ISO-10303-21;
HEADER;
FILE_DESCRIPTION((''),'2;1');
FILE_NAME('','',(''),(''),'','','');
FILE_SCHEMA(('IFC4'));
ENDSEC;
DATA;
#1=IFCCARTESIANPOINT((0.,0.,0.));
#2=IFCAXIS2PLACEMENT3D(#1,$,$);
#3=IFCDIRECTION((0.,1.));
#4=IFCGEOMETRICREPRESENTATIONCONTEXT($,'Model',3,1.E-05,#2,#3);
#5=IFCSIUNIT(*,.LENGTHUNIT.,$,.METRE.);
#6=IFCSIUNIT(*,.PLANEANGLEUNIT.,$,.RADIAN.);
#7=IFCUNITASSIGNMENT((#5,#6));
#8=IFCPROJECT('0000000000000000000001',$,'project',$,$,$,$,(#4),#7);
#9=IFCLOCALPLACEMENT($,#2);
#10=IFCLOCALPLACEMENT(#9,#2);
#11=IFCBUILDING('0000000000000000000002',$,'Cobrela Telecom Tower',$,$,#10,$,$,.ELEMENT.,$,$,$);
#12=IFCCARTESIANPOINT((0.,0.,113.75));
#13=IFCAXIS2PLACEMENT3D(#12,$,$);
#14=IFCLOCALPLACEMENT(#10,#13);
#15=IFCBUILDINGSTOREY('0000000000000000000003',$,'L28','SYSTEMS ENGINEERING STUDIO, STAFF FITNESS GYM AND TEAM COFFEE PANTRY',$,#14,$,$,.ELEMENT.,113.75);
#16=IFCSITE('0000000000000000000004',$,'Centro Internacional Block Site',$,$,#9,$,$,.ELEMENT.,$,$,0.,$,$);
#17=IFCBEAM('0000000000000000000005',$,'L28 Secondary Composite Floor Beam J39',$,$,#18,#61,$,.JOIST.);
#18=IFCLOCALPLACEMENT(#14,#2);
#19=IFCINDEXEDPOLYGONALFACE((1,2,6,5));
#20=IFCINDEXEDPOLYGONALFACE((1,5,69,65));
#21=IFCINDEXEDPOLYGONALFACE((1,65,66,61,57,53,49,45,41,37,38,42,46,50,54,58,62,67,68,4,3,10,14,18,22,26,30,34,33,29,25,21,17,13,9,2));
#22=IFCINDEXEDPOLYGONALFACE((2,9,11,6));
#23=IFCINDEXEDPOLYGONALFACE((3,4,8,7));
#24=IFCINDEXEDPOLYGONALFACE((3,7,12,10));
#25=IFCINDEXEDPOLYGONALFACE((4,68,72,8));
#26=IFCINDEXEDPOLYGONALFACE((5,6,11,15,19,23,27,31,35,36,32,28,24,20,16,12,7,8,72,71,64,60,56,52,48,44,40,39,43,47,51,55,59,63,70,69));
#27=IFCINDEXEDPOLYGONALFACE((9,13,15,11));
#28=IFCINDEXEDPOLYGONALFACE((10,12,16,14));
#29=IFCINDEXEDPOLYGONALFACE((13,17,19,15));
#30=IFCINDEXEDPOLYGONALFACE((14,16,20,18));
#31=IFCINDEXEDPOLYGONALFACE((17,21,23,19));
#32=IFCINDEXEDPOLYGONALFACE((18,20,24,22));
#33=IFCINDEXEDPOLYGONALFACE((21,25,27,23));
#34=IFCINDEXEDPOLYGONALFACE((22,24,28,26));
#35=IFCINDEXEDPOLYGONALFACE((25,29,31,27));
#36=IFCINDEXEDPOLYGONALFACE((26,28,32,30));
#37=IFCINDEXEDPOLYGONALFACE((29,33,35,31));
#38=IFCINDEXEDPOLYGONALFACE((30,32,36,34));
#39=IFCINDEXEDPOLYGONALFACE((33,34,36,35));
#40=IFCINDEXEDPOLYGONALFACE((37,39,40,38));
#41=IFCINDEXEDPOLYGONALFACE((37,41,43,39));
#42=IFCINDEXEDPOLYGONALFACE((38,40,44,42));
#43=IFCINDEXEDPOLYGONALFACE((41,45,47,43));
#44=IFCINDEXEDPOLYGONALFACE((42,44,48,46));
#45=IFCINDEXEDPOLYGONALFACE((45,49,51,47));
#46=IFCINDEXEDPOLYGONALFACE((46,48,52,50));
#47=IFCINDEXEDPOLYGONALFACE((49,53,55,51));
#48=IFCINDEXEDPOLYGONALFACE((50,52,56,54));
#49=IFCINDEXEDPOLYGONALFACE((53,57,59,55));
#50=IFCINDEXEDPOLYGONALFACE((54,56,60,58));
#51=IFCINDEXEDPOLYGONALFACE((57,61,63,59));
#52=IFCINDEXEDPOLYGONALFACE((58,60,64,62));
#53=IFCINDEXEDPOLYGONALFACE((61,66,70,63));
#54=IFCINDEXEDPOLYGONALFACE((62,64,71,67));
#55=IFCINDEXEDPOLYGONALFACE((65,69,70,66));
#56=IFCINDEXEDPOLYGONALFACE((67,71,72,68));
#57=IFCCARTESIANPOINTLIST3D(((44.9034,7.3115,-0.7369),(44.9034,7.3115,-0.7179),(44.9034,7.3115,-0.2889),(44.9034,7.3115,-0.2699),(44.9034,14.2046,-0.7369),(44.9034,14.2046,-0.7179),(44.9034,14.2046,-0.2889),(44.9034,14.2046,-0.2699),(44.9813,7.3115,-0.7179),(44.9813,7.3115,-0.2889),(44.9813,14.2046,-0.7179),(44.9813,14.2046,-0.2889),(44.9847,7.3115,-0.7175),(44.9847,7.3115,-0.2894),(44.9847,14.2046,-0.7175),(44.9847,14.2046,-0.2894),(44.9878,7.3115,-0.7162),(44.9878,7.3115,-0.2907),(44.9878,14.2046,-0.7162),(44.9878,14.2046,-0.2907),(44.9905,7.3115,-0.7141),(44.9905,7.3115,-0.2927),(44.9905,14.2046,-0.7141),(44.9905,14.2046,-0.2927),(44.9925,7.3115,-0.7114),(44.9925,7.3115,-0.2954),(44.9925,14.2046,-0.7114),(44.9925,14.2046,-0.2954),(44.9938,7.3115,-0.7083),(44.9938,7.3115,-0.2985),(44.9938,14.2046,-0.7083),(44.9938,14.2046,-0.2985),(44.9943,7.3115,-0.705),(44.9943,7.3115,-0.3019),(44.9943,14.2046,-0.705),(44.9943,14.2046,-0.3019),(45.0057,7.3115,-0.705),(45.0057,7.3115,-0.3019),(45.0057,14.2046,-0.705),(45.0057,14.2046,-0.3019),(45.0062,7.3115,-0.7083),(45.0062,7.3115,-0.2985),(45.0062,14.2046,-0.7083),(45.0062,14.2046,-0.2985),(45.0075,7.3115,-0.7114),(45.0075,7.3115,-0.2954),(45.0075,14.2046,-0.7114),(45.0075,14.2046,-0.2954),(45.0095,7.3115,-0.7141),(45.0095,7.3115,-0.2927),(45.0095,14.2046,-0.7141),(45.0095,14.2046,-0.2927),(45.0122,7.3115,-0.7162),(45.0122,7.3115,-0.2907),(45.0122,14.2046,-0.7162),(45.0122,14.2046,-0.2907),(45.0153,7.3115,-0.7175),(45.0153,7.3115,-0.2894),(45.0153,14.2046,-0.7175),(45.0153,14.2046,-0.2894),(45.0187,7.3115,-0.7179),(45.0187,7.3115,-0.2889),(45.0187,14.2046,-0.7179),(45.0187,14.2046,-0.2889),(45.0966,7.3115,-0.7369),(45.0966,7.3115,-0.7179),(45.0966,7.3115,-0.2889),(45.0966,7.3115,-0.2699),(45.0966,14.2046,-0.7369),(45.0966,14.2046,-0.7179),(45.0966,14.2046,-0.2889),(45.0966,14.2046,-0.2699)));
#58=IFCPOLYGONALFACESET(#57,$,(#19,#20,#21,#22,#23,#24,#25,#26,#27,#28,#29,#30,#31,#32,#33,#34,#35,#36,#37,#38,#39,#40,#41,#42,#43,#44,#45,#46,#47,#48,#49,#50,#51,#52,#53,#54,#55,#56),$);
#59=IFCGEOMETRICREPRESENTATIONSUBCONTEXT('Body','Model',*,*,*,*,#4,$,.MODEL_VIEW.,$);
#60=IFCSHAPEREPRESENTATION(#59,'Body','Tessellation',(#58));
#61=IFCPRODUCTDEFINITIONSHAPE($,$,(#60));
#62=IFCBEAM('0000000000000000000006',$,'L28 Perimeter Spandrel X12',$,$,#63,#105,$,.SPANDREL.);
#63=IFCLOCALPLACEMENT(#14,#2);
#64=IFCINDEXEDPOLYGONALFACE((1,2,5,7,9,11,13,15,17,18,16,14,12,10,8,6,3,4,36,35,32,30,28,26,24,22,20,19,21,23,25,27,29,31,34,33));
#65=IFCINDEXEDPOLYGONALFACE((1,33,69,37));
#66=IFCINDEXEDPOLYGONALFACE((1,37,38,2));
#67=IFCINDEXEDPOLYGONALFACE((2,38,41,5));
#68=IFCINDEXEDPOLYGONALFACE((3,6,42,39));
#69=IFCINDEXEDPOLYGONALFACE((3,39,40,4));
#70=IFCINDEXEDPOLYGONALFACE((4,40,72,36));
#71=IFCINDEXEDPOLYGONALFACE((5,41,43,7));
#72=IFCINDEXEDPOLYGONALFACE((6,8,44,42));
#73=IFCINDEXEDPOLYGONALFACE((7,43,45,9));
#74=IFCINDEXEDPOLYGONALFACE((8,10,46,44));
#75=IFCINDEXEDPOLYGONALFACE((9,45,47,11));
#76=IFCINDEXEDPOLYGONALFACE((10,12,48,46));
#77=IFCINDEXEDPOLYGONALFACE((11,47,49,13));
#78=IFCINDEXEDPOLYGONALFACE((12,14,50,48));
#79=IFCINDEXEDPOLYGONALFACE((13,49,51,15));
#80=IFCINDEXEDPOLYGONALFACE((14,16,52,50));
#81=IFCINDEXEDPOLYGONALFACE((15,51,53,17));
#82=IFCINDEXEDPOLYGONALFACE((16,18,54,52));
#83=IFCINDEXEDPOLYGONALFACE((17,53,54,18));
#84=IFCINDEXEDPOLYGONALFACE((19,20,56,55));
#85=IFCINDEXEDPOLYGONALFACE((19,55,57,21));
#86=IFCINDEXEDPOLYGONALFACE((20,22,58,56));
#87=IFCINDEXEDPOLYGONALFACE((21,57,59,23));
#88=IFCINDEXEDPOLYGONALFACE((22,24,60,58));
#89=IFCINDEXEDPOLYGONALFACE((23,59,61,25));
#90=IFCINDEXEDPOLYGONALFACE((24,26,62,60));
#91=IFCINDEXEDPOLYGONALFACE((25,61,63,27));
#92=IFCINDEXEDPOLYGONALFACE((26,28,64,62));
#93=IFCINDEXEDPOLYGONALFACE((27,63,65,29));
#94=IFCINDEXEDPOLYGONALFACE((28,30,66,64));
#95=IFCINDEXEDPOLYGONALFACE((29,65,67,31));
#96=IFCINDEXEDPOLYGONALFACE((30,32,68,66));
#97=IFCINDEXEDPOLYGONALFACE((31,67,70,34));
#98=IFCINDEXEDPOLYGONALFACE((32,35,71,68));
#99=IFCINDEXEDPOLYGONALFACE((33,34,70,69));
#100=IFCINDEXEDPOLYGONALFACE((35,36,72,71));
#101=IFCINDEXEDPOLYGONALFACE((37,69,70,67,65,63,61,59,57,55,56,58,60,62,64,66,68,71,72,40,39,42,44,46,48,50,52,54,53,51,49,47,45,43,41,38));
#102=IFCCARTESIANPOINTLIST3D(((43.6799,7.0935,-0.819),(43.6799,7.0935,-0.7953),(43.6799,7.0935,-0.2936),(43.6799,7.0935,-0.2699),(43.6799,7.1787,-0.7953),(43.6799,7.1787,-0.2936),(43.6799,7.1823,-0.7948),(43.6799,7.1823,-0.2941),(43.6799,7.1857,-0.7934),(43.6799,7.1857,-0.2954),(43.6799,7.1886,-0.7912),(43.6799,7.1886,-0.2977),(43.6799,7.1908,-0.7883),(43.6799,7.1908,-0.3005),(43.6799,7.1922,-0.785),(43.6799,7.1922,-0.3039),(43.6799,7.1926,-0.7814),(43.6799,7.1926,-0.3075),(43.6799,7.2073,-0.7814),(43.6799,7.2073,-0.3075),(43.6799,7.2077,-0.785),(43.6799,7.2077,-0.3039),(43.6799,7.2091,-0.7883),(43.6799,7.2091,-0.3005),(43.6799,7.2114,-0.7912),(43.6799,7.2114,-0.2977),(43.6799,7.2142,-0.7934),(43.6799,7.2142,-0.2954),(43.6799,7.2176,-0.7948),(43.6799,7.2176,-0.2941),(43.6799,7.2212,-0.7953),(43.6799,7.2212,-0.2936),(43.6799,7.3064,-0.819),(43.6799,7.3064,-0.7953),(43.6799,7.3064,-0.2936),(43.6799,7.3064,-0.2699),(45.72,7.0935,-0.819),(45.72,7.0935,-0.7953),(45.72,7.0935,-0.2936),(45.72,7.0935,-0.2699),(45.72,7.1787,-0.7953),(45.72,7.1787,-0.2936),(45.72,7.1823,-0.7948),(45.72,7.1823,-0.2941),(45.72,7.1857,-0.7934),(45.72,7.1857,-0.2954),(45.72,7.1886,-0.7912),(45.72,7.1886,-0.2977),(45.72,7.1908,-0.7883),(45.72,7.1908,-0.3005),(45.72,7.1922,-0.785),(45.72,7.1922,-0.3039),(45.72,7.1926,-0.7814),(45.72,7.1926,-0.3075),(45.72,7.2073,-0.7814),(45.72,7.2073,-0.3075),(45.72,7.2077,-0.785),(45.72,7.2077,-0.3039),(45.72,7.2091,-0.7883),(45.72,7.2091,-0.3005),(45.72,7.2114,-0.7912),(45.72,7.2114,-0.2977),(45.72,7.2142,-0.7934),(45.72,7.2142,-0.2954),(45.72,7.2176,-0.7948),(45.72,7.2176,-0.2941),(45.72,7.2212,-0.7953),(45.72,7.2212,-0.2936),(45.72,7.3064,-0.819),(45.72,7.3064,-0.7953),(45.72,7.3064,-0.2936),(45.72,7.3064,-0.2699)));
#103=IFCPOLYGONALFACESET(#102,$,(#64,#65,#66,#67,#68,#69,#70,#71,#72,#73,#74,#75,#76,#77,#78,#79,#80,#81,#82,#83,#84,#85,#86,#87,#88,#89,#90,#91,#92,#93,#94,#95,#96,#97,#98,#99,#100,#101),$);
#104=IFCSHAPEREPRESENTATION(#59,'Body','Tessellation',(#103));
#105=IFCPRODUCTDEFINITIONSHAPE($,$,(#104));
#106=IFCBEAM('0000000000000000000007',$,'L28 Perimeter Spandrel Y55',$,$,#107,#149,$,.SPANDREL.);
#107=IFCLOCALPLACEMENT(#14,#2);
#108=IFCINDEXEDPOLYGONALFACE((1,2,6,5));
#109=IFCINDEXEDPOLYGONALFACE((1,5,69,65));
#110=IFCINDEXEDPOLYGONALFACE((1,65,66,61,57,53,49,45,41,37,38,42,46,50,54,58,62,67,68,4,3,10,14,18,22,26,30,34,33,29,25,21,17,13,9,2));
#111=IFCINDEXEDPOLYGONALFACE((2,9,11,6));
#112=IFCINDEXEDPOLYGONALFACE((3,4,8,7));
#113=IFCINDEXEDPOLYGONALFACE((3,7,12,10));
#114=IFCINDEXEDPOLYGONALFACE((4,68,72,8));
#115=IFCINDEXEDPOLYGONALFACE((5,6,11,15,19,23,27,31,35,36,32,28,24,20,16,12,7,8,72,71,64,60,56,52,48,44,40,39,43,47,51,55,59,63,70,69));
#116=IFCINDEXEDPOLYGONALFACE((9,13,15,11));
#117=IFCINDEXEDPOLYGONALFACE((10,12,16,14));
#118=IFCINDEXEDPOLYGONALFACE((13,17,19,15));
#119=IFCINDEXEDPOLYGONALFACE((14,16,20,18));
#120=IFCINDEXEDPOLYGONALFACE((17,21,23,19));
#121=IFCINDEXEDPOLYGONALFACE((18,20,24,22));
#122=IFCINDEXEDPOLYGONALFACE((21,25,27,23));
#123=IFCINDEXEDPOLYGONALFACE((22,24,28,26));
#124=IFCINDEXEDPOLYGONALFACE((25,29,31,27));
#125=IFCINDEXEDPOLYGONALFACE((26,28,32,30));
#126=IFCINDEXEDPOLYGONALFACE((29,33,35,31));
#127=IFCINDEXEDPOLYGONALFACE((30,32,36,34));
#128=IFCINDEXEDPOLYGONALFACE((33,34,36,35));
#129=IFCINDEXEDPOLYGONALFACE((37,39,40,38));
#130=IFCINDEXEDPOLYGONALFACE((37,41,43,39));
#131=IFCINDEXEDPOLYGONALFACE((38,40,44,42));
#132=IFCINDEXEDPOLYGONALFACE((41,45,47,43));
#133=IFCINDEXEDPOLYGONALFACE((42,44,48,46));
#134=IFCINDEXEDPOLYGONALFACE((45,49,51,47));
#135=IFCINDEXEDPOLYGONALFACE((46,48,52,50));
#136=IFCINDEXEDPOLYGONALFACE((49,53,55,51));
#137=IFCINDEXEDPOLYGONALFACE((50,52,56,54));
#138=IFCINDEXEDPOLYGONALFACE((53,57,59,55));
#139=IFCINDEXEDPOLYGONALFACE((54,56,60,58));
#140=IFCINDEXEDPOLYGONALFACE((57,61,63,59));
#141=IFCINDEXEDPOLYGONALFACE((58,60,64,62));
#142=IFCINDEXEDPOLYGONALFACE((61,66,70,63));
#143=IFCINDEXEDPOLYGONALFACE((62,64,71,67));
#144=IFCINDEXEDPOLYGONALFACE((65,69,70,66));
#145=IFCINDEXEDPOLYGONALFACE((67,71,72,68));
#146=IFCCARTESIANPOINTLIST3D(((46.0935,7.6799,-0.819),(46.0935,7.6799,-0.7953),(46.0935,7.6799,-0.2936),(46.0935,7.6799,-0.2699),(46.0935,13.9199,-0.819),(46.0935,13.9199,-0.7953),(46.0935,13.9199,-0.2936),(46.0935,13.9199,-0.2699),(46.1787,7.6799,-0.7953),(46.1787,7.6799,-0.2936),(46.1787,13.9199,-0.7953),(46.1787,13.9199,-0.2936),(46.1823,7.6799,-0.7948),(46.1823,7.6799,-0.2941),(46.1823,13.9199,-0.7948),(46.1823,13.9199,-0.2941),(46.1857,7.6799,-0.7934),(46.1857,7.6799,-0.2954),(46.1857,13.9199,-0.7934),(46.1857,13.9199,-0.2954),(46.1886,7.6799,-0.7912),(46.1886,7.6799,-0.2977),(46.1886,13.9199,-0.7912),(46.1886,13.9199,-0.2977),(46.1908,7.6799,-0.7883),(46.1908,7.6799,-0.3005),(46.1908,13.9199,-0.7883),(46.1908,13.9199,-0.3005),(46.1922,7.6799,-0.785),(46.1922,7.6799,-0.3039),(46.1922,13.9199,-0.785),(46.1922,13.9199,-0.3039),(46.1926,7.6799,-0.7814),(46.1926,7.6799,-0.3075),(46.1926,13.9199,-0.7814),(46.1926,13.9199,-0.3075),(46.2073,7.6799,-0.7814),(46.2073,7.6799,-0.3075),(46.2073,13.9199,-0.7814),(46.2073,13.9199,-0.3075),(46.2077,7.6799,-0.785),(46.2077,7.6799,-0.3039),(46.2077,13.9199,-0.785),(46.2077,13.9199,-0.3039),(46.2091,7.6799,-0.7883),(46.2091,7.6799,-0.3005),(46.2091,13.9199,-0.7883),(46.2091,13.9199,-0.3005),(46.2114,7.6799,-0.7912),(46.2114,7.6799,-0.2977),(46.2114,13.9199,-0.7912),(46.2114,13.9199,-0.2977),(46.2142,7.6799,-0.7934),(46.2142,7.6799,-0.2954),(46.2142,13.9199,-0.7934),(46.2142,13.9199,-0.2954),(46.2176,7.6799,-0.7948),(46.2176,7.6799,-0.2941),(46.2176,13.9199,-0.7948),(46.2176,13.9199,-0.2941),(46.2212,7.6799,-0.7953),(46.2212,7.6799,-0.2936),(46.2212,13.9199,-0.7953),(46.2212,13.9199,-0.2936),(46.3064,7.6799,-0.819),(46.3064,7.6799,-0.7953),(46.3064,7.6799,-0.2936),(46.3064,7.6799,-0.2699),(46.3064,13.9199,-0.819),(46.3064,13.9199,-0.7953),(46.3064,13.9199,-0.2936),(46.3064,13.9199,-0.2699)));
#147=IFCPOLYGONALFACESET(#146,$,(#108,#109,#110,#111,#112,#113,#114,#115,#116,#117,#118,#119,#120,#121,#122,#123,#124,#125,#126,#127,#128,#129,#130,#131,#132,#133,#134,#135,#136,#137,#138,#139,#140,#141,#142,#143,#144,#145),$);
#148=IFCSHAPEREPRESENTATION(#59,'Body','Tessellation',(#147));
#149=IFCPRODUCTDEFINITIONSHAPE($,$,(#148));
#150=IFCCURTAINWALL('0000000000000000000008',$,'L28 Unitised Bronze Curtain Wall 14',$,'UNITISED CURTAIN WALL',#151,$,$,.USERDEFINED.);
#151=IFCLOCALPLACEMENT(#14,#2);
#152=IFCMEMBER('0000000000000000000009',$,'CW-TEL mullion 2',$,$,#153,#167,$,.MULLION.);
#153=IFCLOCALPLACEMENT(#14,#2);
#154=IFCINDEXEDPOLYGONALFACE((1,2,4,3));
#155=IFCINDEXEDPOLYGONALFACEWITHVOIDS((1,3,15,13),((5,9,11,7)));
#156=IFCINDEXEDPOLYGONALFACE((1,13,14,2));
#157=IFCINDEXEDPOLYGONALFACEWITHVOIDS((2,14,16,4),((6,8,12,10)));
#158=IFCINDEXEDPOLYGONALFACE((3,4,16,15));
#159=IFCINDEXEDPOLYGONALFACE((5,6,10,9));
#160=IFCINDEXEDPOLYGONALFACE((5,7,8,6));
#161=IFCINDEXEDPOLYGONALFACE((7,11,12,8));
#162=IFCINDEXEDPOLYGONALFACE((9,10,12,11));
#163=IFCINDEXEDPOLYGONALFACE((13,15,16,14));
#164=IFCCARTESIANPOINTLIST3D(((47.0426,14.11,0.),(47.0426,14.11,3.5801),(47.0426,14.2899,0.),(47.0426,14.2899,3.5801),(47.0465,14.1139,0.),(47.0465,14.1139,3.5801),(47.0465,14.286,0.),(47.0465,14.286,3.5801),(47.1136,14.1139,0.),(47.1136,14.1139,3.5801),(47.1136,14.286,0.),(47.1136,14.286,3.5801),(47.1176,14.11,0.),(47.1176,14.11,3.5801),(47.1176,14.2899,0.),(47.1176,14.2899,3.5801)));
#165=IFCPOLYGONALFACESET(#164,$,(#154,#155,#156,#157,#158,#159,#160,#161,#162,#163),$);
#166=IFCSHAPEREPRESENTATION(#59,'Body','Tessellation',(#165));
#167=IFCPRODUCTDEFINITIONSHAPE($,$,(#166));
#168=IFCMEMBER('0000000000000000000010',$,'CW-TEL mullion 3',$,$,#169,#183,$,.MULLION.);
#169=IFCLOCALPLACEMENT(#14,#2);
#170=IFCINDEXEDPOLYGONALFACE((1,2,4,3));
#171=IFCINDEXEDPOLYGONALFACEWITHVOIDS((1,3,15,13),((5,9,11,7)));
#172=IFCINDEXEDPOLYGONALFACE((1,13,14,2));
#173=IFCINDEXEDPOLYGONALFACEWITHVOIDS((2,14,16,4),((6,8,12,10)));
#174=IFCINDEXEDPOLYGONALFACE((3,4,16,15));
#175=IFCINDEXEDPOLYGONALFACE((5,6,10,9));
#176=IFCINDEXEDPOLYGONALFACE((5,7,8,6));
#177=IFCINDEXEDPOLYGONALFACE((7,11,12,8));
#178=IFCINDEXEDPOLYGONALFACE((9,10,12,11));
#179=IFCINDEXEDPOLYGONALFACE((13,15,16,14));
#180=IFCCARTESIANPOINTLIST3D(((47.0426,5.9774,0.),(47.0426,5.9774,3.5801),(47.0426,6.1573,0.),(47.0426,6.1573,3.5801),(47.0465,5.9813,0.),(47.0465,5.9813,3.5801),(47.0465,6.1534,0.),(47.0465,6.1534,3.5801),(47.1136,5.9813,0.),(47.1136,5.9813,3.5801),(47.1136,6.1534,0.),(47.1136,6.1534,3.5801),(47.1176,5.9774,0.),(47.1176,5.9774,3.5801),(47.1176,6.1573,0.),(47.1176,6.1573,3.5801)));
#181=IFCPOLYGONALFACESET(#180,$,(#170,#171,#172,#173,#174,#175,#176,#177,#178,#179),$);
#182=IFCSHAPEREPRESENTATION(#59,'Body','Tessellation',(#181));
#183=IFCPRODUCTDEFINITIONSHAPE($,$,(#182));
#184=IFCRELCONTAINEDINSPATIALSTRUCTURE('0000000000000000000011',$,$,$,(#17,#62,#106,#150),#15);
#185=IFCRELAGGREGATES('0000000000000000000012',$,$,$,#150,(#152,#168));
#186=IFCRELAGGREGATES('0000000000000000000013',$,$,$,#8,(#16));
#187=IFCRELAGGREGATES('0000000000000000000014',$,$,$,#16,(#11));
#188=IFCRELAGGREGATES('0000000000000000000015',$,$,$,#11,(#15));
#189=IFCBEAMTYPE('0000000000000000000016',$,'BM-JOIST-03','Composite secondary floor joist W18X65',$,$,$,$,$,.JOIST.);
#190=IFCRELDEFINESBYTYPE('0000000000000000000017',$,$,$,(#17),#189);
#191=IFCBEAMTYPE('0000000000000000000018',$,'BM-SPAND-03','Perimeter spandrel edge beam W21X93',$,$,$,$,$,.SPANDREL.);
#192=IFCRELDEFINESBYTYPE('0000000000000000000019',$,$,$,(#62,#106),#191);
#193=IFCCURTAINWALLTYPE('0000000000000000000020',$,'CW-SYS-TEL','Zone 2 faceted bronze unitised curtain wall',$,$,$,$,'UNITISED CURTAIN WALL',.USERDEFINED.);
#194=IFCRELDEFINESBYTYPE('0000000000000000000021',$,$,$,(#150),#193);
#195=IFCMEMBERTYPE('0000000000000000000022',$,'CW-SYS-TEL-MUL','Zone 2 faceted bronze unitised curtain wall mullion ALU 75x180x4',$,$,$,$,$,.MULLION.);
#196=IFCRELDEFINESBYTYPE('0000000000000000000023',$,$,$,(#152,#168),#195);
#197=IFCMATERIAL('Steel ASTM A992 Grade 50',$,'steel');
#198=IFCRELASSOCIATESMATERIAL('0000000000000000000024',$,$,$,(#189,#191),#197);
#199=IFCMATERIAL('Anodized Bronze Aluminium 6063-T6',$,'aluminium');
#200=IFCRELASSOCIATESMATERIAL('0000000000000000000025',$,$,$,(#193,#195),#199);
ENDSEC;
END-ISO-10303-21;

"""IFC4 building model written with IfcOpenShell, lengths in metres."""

from ifc_helpers import new_model, si_unit, direction, frame, origin, origin_2d, place, context, subcontext, project, spatial, hollow_rectangle, i_section, extrude, material, material_profile, profile_set, type_object, element, aggregate, save


model = new_model("IFC4")

# Units and contexts
model_context = context("Model", 3, precision=1e-05, world=origin(), true_north=direction((0.0, 1.0)))
body_context = subcontext(model_context, "Body", "Model", "MODEL_VIEW")
ifc_project = project(units=[si_unit("LENGTHUNIT", "METRE"), si_unit("PLANEANGLEUNIT", "RADIAN")], contexts=[model_context])

# Site, building, storey
site_placement = place(None, origin())
site = spatial("IfcSite", under=ifc_project, at=site_placement, Name="Centro Internacional Block Site", CompositionType="ELEMENT", RefElevation=0.0)
building_placement = place(site_placement, origin())
building = spatial("IfcBuilding", under=site, at=building_placement, Name="Cobrela Telecom Tower", CompositionType="ELEMENT")
storey_placement = place(building_placement, frame((0.0, 0.0, 113.75)))
storey = spatial("IfcBuildingStorey", under=building, at=storey_placement, Name="L28", Description="SYSTEMS ENGINEERING STUDIO, STAFF FITNESS GYM AND TEAM COFFEE PANTRY", CompositionType="ELEMENT", Elevation=113.75)

# Shared definitions
ifc_material_1 = material(Name="Steel ASTM A992 Grade 50", Category="steel")

# Beams
ifc_material_profile_1 = material_profile(ifc_material_1, i_section(OverallWidth=0.1931, OverallDepth=0.467, WebThickness=0.0115, FlangeThickness=0.019, FilletRadius=0.0129, at=origin_2d()), Name="W18X65")
ifc_profile_set_1 = profile_set([ifc_material_profile_1], Name="Steel ASTM A992 Grade 50")
beam_type_1 = type_object("IfcBeamType", Name="BM-JOIST-03", Description="Composite secondary floor joist W18X65", PredefinedType="JOIST", material=ifc_profile_set_1)
beam_1_placement = place(storey_placement, frame((45.0, 7.3115, -0.5034), z_axis=(0.0, 1.0, 0.0), x_axis=(-1.0, 0.0, 0.0)))
element("IfcBeam", 1, at=beam_1_placement, inside=storey, type_object=beam_type_1, Name="L28 Secondary Composite Floor Beam J39", PredefinedType="JOIST", context=body_context, shape_type="SweptSolid", body=[
    extrude(i_section(OverallWidth=0.1931, OverallDepth=0.467, WebThickness=0.0115, FlangeThickness=0.019, FilletRadius=0.0129, at=origin_2d()), origin(), (0.0, 0.0, 1.0), 6.8931),
])
ifc_material_profile_2 = material_profile(ifc_material_1, i_section(OverallWidth=0.2129, OverallDepth=0.5491, WebThickness=0.0146, FlangeThickness=0.0237, FilletRadius=0.0139, at=origin_2d()), Name="W21X93")
ifc_profile_set_2 = profile_set([ifc_material_profile_2], Name="Steel ASTM A992 Grade 50")
beam_type_2 = type_object("IfcBeamType", Name="BM-SPAND-03", Description="Perimeter spandrel edge beam W21X93", PredefinedType="SPANDREL", material=ifc_profile_set_2)
beam_2_placement = place(storey_placement, frame((43.6799, 7.2, -0.5444), z_axis=(1.0, 0.0, 0.0), x_axis=(0.0, 1.0, 0.0)))
element("IfcBeam", 2, at=beam_2_placement, inside=storey, type_object=beam_type_2, Name="L28 Perimeter Spandrel X12", PredefinedType="SPANDREL", context=body_context, shape_type="SweptSolid", body=[
    extrude(i_section(OverallWidth=0.2129, OverallDepth=0.5491, WebThickness=0.0146, FlangeThickness=0.0237, FilletRadius=0.0139, at=origin_2d()), origin(), (0.0, 0.0, 1.0), 2.04),
])
beam_3_placement = place(storey_placement, frame((46.2, 7.6799, -0.5444), z_axis=(0.0, 1.0, 0.0), x_axis=(-1.0, 0.0, 0.0)))
element("IfcBeam", 3, at=beam_3_placement, inside=storey, type_object=beam_type_2, Name="L28 Perimeter Spandrel Y55", PredefinedType="SPANDREL", context=body_context, shape_type="SweptSolid", body=[
    extrude(i_section(OverallWidth=0.2129, OverallDepth=0.5491, WebThickness=0.0146, FlangeThickness=0.0237, FilletRadius=0.0139, at=origin_2d()), origin(), (0.0, 0.0, 1.0), 6.24),
])

# Curtain wall, members
ifc_material_2 = material(Name="Anodized Bronze Aluminium 6063-T6", Category="aluminium")
curtain_wall_type = type_object("IfcCurtainWallType", Name="CW-SYS-TEL", Description="Zone 2 faceted bronze unitised curtain wall", ElementType="UNITISED CURTAIN WALL", PredefinedType="USERDEFINED", material=ifc_material_2)
curtain_wall_1_placement = place(storey_placement, origin())
curtain_wall_1 = element("IfcCurtainWall", 4, at=curtain_wall_1_placement, inside=storey, type_object=curtain_wall_type, Name="L28 Unitised Bronze Curtain Wall 14", ObjectType="UNITISED CURTAIN WALL", PredefinedType="USERDEFINED")
ifc_material_profile_3 = material_profile(ifc_material_2, hollow_rectangle(XDim=0.075, YDim=0.1799, WallThickness=0.0039, at=origin_2d()), Name="ALU 75x180x4")
ifc_profile_set_3 = profile_set([ifc_material_profile_3], Name="Anodized Bronze Aluminium 6063-T6")
member_type_1 = type_object("IfcMemberType", Name="CW-SYS-TEL-MUL", Description="Zone 2 faceted bronze unitised curtain wall mullion ALU 75x180x4", PredefinedType="MULLION", material=ifc_profile_set_3)
member_1_placement = place(storey_placement, frame((47.0801, 14.2, 0.0), z_axis=(0.0, 0.0, 1.0), x_axis=(1.0, 0.0, 0.0)))
member_1 = element("IfcMember", 5, at=member_1_placement, type_object=member_type_1, Name="CW-TEL mullion 2", PredefinedType="MULLION", context=body_context, shape_type="SweptSolid", body=[
    extrude(hollow_rectangle(XDim=0.075, YDim=0.1799, WallThickness=0.0039, at=origin_2d()), origin(), (0.0, 0.0, 1.0), 3.5801),
])
member_2_placement = place(storey_placement, frame((47.0801, 6.0674, 0.0), z_axis=(0.0, 0.0, 1.0), x_axis=(1.0, 0.0, 0.0)))
member_2 = element("IfcMember", 6, at=member_2_placement, type_object=member_type_1, Name="CW-TEL mullion 3", PredefinedType="MULLION", context=body_context, shape_type="SweptSolid", body=[
    extrude(hollow_rectangle(XDim=0.075, YDim=0.1799, WallThickness=0.0039, at=origin_2d()), origin(), (0.0, 0.0, 1.0), 3.5801),
])

aggregate(curtain_wall_1, [member_1, member_2])

save(model, "model.ifc")
